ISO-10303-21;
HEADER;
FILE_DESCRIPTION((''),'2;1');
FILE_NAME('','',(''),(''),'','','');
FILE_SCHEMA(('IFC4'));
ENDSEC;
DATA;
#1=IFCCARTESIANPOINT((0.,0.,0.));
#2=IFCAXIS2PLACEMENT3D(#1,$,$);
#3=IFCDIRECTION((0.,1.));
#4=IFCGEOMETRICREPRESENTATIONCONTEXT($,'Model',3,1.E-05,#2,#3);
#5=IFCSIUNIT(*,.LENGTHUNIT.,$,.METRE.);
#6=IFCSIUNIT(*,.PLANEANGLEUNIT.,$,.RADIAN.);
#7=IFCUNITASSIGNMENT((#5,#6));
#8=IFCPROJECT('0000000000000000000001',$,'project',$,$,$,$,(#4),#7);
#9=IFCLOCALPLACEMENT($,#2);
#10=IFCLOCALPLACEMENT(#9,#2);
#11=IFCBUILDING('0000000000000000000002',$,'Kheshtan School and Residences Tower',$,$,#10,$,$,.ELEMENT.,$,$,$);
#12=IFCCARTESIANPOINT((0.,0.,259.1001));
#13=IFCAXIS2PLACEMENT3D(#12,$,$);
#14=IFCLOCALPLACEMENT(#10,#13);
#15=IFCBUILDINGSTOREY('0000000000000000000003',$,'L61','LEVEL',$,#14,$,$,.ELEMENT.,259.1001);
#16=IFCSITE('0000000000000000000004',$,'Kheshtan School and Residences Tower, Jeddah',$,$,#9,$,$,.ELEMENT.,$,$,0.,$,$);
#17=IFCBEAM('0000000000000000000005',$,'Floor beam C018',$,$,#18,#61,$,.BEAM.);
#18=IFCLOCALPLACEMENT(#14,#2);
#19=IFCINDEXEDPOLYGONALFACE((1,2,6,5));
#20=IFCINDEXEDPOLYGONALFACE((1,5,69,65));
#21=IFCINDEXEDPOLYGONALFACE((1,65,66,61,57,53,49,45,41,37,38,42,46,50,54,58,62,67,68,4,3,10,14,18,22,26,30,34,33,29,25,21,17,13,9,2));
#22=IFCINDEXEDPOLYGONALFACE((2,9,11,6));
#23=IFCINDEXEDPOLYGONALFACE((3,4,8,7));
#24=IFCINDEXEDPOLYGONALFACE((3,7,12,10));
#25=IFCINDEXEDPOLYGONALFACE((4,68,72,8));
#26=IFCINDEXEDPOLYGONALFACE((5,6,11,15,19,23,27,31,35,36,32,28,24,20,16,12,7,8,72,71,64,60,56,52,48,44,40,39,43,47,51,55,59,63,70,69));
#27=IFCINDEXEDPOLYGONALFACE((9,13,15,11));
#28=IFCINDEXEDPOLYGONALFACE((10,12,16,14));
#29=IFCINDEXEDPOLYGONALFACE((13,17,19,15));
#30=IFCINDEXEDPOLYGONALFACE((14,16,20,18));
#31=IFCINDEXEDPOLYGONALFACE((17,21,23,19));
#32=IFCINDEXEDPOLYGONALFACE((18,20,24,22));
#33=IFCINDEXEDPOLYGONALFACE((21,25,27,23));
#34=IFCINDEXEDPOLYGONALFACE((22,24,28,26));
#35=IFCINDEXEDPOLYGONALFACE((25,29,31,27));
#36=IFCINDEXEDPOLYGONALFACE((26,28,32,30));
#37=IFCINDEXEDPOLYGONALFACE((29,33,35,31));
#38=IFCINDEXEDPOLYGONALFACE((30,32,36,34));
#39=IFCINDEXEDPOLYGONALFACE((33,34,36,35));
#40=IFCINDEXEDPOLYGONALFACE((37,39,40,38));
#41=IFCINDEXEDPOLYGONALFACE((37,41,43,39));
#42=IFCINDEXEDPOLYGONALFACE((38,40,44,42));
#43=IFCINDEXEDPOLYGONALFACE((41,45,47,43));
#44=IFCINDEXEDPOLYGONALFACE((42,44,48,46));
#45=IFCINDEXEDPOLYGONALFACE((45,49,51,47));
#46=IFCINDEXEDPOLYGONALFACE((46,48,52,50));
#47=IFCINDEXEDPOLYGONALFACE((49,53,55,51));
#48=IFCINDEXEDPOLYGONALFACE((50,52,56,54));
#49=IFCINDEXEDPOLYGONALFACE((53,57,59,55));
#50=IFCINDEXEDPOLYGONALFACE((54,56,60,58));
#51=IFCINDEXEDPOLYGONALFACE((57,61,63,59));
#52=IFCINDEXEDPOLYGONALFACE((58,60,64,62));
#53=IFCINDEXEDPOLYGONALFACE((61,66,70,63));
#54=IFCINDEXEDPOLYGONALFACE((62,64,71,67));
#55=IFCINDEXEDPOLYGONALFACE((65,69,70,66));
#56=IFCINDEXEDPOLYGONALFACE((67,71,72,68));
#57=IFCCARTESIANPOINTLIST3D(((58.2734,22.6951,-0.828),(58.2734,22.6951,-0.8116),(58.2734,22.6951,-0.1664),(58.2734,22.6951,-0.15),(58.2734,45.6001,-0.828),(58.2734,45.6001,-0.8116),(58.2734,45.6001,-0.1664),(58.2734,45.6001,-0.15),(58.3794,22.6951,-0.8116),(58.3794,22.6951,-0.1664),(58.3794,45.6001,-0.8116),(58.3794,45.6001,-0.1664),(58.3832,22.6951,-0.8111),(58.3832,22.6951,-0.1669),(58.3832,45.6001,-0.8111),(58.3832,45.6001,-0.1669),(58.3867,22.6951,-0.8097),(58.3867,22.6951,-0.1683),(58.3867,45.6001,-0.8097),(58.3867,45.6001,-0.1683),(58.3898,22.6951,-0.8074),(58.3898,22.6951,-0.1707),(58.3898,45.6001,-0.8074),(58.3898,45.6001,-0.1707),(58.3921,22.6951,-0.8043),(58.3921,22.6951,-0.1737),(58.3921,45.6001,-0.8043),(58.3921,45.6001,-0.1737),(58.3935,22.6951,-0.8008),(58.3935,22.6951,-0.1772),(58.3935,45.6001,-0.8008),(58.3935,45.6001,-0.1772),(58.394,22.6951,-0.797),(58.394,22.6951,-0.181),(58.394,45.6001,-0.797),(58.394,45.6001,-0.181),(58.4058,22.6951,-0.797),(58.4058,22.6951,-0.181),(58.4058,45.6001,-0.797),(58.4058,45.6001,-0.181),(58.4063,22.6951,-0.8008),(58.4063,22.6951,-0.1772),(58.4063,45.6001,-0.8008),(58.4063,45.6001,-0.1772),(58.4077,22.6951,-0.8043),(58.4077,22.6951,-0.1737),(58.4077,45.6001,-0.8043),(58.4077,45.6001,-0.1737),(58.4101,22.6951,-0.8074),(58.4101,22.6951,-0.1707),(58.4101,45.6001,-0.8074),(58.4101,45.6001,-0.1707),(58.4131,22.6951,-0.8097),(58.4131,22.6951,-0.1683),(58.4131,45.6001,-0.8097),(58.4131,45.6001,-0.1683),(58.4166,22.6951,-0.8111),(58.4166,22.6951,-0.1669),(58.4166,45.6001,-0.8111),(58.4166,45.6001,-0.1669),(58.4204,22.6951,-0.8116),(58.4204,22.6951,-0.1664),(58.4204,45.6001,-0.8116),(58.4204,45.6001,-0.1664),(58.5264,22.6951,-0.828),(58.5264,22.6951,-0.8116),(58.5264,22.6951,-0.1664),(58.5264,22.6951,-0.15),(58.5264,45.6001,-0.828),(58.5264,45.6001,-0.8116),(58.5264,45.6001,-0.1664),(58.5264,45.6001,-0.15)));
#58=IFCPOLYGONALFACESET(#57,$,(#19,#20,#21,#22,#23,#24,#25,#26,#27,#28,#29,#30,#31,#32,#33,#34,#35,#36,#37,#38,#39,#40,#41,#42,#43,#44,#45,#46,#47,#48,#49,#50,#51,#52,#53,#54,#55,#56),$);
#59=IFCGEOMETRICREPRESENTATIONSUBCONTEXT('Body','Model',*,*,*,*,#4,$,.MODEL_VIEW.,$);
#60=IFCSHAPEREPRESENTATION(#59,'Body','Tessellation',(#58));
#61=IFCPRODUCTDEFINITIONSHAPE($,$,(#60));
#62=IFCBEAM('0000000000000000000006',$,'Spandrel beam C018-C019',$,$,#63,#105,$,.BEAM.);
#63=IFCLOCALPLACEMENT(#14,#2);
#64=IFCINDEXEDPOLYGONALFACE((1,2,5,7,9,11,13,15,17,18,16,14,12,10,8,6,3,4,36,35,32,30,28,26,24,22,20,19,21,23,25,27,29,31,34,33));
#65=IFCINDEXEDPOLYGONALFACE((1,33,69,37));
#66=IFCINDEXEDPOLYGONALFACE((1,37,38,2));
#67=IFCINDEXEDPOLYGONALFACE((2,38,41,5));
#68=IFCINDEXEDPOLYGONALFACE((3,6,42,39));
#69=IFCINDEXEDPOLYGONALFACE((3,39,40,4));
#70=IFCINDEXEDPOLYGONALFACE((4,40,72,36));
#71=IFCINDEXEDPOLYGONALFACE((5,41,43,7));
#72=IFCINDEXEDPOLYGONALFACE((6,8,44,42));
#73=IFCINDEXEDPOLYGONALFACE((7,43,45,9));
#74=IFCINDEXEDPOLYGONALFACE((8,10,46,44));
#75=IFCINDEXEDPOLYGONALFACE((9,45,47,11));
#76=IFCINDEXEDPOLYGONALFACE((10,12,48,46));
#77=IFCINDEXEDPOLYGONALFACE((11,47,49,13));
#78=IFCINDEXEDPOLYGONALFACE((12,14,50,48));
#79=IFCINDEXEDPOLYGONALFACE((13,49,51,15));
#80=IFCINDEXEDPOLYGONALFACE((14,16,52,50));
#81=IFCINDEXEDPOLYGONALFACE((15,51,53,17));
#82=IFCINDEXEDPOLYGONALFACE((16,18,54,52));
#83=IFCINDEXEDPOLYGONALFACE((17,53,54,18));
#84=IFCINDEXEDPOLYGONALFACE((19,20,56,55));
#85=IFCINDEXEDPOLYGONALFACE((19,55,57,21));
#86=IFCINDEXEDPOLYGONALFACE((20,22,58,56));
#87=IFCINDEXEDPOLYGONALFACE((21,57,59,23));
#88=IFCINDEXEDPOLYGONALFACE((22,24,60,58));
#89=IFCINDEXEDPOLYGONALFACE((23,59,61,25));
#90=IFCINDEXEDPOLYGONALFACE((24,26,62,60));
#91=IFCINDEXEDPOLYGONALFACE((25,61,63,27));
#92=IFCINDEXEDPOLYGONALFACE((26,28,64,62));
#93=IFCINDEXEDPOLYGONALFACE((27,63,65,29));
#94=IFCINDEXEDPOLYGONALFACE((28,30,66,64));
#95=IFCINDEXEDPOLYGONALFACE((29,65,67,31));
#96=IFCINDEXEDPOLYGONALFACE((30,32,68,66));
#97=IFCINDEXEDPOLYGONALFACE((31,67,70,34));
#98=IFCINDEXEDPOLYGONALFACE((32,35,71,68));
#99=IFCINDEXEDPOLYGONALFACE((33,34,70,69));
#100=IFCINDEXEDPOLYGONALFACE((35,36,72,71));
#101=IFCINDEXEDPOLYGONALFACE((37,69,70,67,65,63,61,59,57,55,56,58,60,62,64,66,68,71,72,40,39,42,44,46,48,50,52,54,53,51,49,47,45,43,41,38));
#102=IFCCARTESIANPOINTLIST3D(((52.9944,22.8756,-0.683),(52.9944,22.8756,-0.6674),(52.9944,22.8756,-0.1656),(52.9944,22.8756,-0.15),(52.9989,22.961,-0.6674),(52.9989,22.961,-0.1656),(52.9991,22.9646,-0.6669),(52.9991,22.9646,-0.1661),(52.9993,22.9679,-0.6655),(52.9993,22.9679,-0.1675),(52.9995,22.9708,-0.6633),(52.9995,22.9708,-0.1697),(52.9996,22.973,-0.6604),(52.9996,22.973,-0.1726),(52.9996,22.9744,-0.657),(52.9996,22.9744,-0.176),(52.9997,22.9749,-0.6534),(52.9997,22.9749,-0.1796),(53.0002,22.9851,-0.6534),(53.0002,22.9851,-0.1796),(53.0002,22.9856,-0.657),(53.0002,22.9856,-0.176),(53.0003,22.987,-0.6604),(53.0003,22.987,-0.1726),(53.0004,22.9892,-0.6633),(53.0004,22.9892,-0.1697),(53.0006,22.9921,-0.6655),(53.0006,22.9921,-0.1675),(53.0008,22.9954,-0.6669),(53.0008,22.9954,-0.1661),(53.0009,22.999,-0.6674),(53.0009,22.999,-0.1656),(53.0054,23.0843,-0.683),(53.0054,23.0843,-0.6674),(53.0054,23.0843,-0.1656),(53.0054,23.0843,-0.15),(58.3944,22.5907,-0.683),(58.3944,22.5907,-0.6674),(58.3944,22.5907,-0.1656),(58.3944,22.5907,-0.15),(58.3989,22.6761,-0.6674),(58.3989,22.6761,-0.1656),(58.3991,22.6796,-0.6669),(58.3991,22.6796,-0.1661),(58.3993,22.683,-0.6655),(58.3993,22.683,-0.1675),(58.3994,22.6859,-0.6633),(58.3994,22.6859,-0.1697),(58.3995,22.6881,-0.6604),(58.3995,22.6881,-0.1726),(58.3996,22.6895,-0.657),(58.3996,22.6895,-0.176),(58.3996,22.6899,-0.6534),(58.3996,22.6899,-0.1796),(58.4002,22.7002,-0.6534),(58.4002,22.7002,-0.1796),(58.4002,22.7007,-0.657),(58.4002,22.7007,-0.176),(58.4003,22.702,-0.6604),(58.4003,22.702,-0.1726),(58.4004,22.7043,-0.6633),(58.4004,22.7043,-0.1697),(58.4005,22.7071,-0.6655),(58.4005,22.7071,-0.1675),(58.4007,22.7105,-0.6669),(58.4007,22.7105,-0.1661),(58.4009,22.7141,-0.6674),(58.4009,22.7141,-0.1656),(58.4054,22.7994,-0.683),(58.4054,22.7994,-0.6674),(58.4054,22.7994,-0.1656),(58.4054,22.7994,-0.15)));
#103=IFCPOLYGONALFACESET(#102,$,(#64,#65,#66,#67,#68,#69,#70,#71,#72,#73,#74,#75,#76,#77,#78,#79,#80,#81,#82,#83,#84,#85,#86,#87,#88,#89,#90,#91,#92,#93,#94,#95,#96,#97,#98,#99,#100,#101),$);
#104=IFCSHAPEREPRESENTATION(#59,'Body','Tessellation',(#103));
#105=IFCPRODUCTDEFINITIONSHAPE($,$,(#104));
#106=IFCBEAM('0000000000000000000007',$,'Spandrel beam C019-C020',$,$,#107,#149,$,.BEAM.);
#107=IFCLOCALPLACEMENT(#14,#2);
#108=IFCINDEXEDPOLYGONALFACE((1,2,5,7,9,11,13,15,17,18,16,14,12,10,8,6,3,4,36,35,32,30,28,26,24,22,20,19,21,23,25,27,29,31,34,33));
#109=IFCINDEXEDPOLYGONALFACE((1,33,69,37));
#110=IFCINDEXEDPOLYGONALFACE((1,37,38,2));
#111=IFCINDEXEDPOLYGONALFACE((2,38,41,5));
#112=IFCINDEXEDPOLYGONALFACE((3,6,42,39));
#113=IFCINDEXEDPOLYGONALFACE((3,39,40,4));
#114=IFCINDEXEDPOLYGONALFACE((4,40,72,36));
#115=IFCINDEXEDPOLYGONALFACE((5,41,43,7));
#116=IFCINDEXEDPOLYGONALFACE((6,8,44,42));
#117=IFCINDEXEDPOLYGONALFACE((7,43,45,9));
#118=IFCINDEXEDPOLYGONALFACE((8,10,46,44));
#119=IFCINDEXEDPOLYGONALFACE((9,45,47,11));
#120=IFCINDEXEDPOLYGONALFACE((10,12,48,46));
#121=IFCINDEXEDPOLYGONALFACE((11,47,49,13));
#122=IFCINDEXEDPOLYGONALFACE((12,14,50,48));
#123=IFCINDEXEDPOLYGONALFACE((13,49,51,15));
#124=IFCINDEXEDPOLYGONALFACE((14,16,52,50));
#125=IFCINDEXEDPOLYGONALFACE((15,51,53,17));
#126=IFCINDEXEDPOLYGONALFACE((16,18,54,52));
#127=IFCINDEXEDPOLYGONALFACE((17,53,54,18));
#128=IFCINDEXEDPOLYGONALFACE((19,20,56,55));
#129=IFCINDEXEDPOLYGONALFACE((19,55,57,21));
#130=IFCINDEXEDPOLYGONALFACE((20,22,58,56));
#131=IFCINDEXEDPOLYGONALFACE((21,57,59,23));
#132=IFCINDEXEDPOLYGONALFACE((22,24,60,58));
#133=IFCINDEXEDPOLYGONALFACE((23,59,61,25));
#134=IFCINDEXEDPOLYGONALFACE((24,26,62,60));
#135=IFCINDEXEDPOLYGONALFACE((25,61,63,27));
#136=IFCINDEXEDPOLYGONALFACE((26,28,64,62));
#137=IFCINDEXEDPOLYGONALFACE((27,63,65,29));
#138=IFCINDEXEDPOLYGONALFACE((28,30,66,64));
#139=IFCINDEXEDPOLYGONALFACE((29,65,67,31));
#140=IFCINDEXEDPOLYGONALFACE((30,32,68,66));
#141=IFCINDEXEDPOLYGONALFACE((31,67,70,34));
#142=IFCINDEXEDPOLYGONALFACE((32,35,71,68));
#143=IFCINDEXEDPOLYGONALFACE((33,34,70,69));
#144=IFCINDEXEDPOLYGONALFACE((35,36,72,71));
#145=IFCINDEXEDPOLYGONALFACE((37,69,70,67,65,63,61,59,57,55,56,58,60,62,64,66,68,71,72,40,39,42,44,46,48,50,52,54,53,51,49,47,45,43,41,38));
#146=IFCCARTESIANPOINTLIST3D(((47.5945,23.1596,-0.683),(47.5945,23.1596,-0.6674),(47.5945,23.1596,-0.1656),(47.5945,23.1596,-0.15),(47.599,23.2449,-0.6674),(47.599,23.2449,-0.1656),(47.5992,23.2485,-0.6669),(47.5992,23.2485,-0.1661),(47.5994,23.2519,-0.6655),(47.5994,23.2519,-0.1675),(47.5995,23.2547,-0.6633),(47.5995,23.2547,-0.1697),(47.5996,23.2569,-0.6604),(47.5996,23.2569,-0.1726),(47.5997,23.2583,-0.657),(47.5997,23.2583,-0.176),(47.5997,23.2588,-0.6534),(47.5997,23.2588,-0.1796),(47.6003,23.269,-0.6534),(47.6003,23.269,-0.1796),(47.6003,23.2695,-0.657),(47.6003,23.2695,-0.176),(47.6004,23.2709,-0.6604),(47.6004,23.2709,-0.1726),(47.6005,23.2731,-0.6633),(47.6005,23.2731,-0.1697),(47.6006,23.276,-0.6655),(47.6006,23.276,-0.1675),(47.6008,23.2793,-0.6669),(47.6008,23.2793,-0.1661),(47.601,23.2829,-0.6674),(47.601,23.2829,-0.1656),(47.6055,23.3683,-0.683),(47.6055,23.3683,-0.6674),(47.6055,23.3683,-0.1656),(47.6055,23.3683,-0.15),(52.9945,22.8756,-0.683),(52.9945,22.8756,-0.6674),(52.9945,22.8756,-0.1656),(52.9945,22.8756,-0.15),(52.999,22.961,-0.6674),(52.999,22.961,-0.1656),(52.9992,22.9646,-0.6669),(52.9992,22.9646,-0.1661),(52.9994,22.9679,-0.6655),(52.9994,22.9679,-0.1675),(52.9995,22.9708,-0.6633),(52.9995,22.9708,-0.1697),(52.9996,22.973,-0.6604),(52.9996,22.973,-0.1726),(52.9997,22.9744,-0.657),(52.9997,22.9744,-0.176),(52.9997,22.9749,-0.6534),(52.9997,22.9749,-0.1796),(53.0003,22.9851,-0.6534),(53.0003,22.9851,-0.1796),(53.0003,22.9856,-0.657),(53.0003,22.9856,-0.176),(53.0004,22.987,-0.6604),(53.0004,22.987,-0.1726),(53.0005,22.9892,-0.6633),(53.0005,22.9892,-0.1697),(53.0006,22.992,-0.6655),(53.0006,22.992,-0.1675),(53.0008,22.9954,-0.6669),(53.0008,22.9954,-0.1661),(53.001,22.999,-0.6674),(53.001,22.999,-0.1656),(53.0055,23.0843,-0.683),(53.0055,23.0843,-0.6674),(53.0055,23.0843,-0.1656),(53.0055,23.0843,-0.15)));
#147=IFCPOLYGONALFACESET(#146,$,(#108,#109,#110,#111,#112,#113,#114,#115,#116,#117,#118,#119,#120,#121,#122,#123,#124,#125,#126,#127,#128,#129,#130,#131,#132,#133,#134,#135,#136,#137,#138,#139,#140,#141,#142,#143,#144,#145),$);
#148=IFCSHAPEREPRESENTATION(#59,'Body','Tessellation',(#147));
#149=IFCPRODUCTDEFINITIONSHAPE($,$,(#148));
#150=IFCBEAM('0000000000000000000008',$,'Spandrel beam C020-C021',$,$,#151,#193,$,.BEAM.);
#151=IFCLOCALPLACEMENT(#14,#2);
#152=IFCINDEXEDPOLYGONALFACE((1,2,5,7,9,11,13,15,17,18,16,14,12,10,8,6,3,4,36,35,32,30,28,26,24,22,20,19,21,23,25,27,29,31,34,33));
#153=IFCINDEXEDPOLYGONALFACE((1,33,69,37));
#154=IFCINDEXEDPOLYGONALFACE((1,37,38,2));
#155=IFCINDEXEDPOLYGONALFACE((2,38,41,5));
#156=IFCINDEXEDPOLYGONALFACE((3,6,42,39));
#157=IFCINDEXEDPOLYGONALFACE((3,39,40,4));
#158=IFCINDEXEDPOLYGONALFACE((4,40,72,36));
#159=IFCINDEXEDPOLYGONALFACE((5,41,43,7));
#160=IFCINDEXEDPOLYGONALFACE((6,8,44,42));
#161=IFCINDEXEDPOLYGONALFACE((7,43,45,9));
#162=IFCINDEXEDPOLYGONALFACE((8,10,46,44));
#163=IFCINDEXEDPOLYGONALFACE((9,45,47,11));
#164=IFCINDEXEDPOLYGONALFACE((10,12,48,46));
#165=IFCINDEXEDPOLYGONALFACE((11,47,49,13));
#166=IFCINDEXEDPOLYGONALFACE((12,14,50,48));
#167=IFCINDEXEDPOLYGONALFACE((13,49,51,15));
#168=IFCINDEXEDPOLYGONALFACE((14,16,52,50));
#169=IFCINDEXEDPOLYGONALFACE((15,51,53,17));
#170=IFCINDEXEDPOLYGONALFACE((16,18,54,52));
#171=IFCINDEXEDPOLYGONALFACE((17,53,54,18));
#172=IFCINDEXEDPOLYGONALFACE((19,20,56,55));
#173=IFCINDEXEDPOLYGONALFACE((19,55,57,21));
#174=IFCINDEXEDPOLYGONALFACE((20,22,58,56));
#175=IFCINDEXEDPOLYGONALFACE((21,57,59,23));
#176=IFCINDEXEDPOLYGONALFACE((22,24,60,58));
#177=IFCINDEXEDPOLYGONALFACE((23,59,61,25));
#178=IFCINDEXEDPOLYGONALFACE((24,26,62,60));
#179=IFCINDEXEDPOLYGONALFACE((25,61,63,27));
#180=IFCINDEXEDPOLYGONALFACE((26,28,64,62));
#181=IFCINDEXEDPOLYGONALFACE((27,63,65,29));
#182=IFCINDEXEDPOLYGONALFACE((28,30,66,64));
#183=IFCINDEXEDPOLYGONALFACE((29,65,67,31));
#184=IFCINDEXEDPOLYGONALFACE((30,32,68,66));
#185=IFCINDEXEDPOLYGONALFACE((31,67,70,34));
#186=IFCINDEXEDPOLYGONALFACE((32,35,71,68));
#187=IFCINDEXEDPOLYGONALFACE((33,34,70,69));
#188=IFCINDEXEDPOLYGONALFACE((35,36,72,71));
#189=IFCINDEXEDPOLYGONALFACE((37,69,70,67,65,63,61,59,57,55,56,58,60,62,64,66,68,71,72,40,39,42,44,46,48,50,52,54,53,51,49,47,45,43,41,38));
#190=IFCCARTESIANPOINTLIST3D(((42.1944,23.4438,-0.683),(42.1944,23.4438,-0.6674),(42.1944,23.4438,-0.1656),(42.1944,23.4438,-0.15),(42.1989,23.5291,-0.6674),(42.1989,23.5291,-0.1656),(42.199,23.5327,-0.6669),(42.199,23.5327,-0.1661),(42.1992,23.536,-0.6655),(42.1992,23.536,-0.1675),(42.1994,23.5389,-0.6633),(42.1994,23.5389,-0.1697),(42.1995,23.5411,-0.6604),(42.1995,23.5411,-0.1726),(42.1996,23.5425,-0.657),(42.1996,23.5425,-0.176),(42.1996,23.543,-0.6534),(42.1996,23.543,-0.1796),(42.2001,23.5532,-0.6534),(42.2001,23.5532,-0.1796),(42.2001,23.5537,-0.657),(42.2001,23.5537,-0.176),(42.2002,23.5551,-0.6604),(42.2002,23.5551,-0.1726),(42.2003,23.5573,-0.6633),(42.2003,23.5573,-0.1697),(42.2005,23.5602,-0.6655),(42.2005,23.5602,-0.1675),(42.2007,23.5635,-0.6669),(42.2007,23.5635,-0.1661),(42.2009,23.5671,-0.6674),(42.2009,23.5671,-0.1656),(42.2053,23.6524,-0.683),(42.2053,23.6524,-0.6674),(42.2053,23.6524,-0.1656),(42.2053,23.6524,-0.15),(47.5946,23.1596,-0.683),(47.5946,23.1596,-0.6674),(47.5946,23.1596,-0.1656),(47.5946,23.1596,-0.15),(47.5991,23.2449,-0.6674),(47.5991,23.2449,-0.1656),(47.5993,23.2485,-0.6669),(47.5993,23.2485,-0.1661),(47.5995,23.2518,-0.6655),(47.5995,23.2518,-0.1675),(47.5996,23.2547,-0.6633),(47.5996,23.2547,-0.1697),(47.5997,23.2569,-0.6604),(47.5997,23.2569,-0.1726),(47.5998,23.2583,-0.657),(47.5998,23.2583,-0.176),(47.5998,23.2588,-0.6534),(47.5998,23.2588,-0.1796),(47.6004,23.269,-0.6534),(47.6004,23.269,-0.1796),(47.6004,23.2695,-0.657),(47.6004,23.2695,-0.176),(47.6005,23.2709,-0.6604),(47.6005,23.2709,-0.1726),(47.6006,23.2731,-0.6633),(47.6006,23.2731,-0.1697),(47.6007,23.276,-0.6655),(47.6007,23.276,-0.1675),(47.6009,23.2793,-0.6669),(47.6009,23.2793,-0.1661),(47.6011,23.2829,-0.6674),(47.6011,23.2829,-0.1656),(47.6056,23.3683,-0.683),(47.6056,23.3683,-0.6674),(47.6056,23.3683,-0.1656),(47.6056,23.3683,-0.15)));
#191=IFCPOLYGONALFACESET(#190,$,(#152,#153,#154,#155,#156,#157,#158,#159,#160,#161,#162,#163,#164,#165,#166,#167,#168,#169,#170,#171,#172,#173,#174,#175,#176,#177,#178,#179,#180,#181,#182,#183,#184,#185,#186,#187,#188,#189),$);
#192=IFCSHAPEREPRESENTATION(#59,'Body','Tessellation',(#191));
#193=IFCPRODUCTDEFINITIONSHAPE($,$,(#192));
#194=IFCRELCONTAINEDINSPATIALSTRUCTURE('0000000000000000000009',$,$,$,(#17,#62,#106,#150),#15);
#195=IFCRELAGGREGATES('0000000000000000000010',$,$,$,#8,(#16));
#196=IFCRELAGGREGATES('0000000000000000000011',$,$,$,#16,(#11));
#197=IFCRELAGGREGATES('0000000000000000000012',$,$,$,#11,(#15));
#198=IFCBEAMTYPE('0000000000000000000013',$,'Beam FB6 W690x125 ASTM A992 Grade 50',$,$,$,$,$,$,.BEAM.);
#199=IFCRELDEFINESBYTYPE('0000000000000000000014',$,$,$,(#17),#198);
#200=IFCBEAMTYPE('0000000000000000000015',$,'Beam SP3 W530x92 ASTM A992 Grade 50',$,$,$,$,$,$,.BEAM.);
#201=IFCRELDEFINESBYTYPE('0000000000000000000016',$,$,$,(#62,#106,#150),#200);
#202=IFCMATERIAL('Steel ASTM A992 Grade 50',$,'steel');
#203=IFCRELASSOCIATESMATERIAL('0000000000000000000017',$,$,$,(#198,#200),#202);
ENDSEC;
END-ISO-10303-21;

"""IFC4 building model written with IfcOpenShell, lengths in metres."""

from ifc_helpers import new_model, si_unit, direction, frame, origin, origin_2d, place, context, subcontext, project, spatial, i_section, extrude, material, material_profile, profile_set, type_object, element, save


model = new_model("IFC4")

# Units and contexts
model_context = context("Model", 3, precision=1e-05, world=origin(), true_north=direction((0.0, 1.0)))
body_context = subcontext(model_context, "Body", "Model", "MODEL_VIEW")
ifc_project = project(units=[si_unit("LENGTHUNIT", "METRE"), si_unit("PLANEANGLEUNIT", "RADIAN")], contexts=[model_context])

# Site, building, storey
site_placement = place(None, origin())
site = spatial("IfcSite", under=ifc_project, at=site_placement, Name="Kheshtan School and Residences Tower, Jeddah", CompositionType="ELEMENT", RefElevation=0.0)
building_placement = place(site_placement, origin())
building = spatial("IfcBuilding", under=site, at=building_placement, Name="Kheshtan School and Residences Tower", CompositionType="ELEMENT")
storey_placement = place(building_placement, frame((0.0, 0.0, 259.1001)))
storey = spatial("IfcBuildingStorey", under=building, at=storey_placement, Name="L61", Description="LEVEL", CompositionType="ELEMENT", Elevation=259.1001)

# Shared definitions
ifc_material_1 = material(Name="Steel ASTM A992 Grade 50", Category="steel")

# Beams
ifc_material_profile_1 = material_profile(ifc_material_1, i_section(OverallWidth=0.2529, OverallDepth=0.678, WebThickness=0.0117, FlangeThickness=0.0164, FilletRadius=0.0146, at=origin_2d()), Name="W690x125")
ifc_profile_set_1 = profile_set([ifc_material_profile_1], Name="Steel ASTM A992 Grade 50")
beam_type_1 = type_object("IfcBeamType", Name="Beam FB6 W690x125 ASTM A992 Grade 50", PredefinedType="BEAM", material=ifc_profile_set_1)
beam_1_placement = place(storey_placement, frame((58.3999, 22.6951, -0.489), z_axis=(0.0, 1.0, 0.0), x_axis=(-1.0, 0.0, 0.0)))
element("IfcBeam", 1, at=beam_1_placement, inside=storey, type_object=beam_type_1, Name="Floor beam C018", PredefinedType="BEAM", context=body_context, shape_type="SweptSolid", body=[
    extrude(i_section(OverallWidth=0.2529, OverallDepth=0.678, WebThickness=0.0117, FlangeThickness=0.0164, FilletRadius=0.0146, at=origin_2d()), origin(), (0.0, 0.0, 1.0), 22.905),
])
ifc_material_profile_2 = material_profile(ifc_material_1, i_section(OverallWidth=0.209, OverallDepth=0.533, WebThickness=0.0103, FlangeThickness=0.0156, FilletRadius=0.0139, at=origin_2d()), Name="W530x92")
ifc_profile_set_2 = profile_set([ifc_material_profile_2], Name="Steel ASTM A992 Grade 50")
beam_type_2 = type_object("IfcBeamType", Name="Beam SP3 W530x92 ASTM A992 Grade 50", PredefinedType="BEAM", material=ifc_profile_set_2)
for number, where, z_axis, x_axis, name in (
    (2, (58.3999, 22.6951, -0.4165), (-0.998611, 0.052689, 0.0), (-0.052689, -0.998611, 0.0), "Spandrel beam C018-C019"),
    (3, (53.0, 22.98, -0.4165), (-0.99862, 0.052509, 0.0), (-0.052509, -0.99862, 0.0), "Spandrel beam C019-C020"),
):
    element("IfcBeam", number, at=place(storey_placement, frame(where, z_axis=z_axis, x_axis=x_axis)), inside=storey, type_object=beam_type_2, Name=name, PredefinedType="BEAM", context=body_context, shape_type="SweptSolid", body=[
        extrude(i_section(OverallWidth=0.209, OverallDepth=0.533, WebThickness=0.0103, FlangeThickness=0.0156, FilletRadius=0.0139, at=origin_2d()), origin(), (0.0, 0.0, 1.0), 5.4075),
    ])
beam_2_placement = place(storey_placement, frame((47.6001, 23.2639, -0.4165), z_axis=(-0.998618, 0.052552, 0.0), x_axis=(-0.052552, -0.998618, 0.0)))
element("IfcBeam", 4, at=beam_2_placement, inside=storey, type_object=beam_type_2, Name="Spandrel beam C020-C021", PredefinedType="BEAM", context=body_context, shape_type="SweptSolid", body=[
    extrude(i_section(OverallWidth=0.209, OverallDepth=0.533, WebThickness=0.0103, FlangeThickness=0.0156, FilletRadius=0.0139, at=origin_2d()), origin(), (0.0, 0.0, 1.0), 5.4077),
])

save(model, "model.ifc")
